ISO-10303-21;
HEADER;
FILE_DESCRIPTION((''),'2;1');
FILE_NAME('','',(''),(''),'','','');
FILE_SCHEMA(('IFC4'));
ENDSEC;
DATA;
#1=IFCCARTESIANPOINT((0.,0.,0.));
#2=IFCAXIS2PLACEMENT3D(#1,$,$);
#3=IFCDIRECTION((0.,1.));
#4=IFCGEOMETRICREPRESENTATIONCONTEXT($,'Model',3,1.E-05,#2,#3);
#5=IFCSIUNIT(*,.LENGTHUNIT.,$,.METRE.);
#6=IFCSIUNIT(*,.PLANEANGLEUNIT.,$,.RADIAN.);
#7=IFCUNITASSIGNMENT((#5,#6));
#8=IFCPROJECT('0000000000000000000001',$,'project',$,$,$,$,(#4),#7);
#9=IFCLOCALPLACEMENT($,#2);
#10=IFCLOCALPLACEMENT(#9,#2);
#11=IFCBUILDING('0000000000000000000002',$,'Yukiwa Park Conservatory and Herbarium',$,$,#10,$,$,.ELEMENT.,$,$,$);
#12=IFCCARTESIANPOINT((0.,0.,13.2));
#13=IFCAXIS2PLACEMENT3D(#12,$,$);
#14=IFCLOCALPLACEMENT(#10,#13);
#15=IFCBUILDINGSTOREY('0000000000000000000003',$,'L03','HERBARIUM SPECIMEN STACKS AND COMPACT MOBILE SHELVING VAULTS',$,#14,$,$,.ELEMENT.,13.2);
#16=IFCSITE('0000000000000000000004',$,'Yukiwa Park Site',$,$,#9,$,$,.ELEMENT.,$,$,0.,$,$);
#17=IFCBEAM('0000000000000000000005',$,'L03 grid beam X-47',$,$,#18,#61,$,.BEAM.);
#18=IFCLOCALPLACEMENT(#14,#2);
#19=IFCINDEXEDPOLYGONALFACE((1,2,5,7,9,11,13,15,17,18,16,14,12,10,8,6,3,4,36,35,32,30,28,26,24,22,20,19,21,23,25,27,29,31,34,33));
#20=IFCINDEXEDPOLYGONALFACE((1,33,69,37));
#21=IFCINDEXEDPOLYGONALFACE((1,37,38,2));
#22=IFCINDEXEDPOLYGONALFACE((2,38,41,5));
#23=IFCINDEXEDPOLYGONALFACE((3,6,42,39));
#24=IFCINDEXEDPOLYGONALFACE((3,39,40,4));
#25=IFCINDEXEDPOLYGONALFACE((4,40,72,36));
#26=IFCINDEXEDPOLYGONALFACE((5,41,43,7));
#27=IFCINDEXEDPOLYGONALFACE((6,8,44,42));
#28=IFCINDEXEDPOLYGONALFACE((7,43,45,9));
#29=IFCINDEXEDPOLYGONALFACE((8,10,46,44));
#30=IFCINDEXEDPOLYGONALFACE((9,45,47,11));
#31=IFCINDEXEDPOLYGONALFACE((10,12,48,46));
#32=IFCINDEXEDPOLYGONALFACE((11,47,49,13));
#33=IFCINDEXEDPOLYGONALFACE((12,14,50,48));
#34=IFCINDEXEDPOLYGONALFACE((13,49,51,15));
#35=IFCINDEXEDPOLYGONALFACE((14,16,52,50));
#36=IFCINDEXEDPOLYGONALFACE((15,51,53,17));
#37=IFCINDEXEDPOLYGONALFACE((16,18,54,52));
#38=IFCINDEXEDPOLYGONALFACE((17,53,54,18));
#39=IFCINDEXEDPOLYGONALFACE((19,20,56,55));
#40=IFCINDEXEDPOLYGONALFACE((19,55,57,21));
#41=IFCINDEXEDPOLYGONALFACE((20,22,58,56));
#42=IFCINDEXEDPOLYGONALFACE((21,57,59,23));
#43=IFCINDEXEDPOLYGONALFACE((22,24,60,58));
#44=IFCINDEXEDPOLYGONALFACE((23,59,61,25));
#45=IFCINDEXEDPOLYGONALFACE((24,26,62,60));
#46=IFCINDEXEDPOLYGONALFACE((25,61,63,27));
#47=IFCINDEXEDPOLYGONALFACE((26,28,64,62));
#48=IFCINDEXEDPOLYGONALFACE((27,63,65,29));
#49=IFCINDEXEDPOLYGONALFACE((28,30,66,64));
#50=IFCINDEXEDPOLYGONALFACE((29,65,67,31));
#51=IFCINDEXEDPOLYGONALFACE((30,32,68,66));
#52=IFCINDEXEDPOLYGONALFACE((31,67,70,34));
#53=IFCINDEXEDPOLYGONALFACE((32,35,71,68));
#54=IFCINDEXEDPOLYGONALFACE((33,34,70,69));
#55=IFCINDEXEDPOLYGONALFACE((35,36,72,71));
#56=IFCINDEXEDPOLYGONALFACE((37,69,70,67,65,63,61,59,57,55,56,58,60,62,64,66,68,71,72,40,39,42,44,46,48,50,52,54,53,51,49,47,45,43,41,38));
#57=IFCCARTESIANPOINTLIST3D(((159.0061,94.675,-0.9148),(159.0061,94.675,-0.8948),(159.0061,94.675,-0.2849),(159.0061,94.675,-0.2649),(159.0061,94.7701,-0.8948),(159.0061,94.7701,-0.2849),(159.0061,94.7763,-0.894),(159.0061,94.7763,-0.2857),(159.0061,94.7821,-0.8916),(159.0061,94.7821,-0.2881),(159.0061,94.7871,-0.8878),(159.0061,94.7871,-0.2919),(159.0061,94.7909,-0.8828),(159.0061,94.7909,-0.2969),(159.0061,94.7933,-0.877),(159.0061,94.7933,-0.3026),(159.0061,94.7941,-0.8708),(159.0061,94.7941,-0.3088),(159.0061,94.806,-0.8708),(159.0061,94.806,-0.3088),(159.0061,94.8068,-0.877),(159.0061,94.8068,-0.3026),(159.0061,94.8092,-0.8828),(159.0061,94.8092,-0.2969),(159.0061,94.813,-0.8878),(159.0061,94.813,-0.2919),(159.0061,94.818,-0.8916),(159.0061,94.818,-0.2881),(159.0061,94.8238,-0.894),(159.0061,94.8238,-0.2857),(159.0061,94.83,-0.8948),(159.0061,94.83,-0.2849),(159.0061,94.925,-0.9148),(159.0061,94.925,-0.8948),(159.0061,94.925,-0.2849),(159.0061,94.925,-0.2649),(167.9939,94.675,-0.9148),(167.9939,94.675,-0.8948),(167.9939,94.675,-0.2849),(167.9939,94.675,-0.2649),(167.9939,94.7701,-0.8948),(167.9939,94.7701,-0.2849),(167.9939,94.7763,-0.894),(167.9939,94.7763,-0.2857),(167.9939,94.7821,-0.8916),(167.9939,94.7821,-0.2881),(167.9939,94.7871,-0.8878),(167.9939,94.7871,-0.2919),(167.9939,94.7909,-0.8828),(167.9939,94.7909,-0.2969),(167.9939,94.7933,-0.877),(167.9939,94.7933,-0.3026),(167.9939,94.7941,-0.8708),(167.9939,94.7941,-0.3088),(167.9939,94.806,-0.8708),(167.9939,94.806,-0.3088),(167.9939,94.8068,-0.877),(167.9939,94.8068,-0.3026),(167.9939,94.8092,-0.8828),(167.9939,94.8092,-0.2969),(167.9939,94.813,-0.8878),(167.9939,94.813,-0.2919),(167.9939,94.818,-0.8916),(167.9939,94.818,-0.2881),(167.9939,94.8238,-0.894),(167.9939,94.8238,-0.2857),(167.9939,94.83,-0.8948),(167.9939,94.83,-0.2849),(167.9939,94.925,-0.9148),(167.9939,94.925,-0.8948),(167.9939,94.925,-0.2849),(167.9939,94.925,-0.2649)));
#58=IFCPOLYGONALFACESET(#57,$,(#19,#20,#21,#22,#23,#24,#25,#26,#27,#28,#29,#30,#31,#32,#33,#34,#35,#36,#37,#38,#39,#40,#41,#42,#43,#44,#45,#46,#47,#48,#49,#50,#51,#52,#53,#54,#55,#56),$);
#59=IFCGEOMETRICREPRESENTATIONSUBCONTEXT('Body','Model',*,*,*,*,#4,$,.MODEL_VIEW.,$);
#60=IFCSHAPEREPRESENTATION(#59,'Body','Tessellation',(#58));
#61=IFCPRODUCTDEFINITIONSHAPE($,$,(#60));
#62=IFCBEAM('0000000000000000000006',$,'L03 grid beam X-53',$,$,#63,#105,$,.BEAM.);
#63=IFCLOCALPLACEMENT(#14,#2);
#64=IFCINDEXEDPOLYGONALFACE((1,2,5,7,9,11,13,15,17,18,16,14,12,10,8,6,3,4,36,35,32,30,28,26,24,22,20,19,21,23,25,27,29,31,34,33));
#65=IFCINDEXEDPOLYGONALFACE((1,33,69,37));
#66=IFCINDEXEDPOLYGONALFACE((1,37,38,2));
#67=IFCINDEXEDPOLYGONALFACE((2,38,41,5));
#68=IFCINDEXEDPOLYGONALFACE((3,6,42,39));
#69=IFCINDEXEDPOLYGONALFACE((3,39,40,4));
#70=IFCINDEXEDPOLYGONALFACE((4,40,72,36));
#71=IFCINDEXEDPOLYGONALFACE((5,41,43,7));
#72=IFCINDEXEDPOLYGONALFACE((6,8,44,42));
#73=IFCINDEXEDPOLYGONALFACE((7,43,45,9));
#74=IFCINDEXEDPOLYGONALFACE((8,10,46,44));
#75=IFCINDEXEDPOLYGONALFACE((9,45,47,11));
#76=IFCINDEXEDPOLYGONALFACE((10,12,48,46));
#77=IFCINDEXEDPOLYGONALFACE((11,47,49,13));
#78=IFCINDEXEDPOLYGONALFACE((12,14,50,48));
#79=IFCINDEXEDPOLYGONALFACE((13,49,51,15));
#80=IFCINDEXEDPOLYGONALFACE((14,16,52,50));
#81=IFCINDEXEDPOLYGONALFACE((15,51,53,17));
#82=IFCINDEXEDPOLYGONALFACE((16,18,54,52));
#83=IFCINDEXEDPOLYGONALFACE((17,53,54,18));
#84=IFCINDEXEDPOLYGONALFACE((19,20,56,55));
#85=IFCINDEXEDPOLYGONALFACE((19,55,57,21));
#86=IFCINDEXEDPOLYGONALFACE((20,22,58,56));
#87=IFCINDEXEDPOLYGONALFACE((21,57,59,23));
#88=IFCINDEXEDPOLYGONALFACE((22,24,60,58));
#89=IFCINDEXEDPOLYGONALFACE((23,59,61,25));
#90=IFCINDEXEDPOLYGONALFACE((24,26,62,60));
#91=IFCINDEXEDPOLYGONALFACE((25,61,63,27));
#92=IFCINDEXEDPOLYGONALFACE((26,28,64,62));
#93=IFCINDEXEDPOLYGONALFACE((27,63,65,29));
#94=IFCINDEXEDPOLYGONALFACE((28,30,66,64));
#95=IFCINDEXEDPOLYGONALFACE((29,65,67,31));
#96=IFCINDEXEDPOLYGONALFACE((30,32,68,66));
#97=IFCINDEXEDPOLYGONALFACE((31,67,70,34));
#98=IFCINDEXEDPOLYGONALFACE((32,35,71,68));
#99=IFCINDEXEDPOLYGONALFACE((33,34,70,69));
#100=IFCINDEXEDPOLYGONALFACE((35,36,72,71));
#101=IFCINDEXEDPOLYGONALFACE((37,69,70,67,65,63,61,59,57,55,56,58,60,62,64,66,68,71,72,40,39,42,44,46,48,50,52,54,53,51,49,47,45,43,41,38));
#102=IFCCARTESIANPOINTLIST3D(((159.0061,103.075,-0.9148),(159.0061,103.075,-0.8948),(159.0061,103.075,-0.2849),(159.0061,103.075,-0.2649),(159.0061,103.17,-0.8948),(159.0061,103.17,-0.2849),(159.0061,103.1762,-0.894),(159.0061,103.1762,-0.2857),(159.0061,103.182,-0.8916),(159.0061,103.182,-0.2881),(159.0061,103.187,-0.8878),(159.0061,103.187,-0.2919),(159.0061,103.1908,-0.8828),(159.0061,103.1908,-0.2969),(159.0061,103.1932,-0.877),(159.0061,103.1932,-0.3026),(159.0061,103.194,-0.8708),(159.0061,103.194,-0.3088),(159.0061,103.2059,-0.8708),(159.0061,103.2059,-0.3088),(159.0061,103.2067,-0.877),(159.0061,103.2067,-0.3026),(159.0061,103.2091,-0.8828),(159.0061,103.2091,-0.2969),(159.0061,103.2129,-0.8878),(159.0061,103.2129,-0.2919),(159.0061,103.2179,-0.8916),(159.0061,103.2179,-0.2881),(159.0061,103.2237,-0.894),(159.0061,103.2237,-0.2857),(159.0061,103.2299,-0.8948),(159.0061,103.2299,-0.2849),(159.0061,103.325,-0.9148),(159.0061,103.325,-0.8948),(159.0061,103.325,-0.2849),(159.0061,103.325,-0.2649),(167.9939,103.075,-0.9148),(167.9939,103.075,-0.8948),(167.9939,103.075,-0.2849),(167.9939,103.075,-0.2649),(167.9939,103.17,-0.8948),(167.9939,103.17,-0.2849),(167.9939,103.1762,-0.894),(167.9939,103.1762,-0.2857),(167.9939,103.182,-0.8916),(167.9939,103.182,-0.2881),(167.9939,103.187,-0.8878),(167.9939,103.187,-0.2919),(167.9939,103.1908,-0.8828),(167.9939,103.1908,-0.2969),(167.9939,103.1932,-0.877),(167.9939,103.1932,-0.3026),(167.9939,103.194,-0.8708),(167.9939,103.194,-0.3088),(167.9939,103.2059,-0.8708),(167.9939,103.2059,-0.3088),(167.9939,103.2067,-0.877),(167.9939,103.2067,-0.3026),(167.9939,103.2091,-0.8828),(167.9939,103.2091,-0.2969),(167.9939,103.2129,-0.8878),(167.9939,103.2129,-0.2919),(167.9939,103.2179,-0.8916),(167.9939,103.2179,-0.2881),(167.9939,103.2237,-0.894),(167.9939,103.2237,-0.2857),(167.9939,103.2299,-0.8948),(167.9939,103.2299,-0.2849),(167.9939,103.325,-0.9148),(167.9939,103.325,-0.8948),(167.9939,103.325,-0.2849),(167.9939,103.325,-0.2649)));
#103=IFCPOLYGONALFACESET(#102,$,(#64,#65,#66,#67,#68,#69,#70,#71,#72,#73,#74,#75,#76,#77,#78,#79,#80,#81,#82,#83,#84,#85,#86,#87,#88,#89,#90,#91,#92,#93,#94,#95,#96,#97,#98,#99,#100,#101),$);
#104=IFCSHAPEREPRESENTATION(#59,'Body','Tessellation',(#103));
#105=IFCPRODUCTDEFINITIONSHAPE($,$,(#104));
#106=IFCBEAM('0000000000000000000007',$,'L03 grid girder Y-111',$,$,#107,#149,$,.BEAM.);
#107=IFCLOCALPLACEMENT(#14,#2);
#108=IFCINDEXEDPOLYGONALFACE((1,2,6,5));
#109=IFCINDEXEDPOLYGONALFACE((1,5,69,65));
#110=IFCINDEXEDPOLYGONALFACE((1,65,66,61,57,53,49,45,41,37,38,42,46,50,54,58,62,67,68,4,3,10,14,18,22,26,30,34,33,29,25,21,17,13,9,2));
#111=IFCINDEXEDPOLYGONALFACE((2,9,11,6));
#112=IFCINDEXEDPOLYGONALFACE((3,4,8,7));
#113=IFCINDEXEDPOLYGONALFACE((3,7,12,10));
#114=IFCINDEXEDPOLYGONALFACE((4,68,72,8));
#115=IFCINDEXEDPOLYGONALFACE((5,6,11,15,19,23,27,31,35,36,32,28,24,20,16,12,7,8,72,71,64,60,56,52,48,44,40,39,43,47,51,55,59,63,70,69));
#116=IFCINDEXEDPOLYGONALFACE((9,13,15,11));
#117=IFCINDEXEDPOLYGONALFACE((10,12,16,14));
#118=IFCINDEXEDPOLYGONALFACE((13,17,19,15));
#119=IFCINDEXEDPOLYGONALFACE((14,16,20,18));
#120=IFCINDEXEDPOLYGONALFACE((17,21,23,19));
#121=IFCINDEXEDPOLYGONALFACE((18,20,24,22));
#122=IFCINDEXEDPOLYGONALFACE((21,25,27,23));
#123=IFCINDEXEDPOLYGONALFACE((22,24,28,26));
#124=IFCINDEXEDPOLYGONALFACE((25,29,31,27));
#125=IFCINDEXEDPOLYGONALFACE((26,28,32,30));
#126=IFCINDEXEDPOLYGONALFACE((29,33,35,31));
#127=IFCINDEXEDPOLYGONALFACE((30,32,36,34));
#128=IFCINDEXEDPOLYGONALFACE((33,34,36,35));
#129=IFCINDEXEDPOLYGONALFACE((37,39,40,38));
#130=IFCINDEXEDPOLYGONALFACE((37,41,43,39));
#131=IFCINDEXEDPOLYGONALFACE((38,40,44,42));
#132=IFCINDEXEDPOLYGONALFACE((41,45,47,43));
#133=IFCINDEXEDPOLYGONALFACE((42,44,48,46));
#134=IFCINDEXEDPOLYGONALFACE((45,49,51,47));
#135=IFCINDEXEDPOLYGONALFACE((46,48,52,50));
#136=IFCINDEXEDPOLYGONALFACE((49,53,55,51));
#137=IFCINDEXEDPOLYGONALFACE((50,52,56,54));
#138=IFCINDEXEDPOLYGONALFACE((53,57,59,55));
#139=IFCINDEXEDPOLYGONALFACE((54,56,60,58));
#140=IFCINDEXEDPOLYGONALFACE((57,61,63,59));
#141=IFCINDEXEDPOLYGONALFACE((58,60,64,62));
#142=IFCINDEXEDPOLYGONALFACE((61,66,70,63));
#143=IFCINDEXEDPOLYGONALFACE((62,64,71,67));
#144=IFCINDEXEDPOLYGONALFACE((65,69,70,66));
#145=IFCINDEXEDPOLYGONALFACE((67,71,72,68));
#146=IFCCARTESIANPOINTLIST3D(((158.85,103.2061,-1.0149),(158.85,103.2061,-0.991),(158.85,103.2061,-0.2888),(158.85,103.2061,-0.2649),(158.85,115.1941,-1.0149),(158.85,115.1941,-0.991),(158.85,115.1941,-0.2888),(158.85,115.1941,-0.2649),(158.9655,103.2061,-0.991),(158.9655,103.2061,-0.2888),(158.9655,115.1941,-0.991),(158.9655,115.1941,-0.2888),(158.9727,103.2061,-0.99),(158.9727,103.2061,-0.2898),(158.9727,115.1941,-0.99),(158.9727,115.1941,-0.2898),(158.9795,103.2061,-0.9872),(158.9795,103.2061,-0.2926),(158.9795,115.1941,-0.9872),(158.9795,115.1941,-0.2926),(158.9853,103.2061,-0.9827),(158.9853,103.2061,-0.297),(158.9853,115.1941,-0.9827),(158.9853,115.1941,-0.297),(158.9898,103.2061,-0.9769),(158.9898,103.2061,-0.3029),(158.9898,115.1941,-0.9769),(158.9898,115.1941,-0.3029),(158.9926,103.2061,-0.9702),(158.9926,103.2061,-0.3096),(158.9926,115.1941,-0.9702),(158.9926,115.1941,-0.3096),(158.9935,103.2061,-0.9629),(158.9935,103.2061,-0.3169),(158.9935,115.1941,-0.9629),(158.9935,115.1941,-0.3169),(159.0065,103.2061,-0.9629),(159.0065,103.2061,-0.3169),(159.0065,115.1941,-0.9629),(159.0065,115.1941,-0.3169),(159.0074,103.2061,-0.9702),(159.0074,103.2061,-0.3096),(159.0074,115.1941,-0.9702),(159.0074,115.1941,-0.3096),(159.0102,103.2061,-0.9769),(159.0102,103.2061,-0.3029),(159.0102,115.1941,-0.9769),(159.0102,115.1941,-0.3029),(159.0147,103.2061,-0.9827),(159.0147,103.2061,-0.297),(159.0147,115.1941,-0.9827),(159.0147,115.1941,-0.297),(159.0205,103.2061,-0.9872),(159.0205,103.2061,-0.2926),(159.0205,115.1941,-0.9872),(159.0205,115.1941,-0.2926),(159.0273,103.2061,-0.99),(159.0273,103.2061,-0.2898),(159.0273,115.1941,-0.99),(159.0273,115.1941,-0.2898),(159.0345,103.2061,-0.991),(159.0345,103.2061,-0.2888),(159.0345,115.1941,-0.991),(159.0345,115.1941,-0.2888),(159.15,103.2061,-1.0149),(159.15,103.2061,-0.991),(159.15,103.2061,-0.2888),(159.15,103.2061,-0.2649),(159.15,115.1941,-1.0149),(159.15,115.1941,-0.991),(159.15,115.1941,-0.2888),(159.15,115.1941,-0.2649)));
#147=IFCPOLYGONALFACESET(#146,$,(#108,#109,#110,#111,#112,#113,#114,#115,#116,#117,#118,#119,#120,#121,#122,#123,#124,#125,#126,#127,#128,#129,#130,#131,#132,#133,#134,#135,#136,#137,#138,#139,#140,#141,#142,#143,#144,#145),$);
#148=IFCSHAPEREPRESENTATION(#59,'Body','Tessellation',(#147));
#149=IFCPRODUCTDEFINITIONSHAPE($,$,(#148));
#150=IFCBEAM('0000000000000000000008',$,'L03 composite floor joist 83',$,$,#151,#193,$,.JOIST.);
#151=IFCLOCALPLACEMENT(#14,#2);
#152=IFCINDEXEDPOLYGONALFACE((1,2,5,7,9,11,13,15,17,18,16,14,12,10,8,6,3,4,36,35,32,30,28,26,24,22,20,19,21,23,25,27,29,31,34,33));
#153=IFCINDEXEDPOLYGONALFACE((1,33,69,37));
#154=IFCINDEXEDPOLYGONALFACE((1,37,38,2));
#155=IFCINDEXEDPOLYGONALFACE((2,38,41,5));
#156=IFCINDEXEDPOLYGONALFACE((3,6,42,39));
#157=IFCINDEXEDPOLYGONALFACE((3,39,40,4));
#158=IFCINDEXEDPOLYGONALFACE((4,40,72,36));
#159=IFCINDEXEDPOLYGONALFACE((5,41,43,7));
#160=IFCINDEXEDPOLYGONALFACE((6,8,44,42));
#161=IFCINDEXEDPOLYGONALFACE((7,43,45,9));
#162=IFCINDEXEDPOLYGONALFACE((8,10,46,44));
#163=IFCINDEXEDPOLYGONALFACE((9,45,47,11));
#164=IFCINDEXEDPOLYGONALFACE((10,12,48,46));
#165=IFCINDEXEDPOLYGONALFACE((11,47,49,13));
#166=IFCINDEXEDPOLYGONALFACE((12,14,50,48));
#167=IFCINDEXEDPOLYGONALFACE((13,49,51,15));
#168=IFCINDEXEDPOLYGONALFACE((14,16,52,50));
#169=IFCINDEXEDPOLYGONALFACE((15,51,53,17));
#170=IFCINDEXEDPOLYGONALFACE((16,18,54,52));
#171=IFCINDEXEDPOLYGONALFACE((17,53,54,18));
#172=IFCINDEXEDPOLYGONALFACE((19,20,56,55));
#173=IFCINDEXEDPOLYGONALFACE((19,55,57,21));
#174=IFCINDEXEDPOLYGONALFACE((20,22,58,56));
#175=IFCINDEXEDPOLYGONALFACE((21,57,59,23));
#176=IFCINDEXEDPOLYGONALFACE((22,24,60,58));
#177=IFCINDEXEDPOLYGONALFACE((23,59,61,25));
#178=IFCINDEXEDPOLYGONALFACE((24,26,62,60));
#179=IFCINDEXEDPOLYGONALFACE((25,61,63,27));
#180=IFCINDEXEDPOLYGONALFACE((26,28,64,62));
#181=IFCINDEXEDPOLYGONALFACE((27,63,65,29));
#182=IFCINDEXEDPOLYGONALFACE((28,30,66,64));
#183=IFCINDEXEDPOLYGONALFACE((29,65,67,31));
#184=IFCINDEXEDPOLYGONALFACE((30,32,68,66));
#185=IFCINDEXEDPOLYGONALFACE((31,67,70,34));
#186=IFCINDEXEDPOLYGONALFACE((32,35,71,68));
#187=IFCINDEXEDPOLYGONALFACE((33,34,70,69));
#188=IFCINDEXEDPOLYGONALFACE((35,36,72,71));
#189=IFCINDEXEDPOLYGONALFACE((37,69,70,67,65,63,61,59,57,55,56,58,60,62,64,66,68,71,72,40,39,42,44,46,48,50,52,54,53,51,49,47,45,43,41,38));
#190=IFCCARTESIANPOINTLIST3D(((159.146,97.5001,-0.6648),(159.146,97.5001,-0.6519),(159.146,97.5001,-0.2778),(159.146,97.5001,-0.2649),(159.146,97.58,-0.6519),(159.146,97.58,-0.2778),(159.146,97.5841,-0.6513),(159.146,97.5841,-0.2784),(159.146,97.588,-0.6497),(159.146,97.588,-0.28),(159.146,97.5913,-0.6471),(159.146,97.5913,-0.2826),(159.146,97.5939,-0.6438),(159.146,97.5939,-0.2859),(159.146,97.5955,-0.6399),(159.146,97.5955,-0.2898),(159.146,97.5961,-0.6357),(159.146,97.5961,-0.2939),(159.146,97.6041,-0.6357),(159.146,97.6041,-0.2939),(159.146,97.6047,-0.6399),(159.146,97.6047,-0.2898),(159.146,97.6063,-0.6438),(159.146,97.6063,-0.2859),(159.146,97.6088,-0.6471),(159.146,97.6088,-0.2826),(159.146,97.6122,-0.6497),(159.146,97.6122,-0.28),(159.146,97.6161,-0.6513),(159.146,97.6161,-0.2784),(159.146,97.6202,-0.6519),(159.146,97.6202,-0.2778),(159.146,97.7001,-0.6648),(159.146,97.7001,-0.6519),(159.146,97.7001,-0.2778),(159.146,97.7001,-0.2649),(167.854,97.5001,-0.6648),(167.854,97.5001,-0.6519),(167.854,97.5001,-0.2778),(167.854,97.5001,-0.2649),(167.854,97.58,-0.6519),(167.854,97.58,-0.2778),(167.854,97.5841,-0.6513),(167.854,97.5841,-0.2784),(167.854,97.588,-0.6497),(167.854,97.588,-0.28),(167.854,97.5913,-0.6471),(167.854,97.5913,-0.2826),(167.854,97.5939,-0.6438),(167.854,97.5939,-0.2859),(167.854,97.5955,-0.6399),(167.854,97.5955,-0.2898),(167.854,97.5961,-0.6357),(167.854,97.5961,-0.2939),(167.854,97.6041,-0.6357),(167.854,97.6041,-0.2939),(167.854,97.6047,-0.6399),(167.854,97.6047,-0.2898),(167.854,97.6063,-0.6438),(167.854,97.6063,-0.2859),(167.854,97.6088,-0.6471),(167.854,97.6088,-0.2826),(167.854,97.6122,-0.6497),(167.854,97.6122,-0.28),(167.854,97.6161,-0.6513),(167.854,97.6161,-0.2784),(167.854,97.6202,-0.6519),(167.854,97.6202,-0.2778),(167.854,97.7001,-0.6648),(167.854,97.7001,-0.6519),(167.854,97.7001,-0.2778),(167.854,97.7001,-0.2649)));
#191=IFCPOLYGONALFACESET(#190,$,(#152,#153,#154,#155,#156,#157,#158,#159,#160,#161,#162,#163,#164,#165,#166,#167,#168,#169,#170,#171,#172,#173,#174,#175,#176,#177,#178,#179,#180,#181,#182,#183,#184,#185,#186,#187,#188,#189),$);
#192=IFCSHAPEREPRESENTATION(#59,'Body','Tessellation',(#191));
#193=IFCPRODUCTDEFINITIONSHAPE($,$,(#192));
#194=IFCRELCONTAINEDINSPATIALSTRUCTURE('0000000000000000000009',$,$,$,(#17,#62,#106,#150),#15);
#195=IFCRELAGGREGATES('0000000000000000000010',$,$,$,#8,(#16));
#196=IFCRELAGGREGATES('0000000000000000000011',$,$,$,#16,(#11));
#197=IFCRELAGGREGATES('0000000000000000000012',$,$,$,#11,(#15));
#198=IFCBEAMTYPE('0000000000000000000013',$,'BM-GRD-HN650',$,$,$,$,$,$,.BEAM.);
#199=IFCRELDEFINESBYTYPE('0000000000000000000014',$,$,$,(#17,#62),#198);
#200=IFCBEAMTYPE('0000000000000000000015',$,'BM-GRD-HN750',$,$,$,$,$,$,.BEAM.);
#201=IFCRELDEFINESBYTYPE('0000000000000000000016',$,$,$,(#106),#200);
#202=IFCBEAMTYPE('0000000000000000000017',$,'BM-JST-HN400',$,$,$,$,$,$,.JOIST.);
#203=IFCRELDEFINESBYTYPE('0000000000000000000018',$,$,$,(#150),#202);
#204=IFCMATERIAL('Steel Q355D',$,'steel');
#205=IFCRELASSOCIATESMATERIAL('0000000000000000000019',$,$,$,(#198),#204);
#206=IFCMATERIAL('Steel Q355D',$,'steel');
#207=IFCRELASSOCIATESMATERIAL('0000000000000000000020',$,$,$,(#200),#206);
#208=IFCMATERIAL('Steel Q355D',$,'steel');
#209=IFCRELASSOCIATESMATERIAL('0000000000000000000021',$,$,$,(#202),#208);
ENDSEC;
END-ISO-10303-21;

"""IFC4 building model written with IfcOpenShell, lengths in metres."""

from ifc_helpers import new_model, si_unit, direction, frame, origin, origin_2d, place, context, subcontext, project, spatial, i_section, extrude, material, material_profile, profile_set, type_object, element, save


model = new_model("IFC4")

# Units and contexts
model_context = context("Model", 3, precision=1e-05, world=origin(), true_north=direction((0.0, 1.0)))
body_context = subcontext(model_context, "Body", "Model", "MODEL_VIEW")
ifc_project = project(units=[si_unit("LENGTHUNIT", "METRE"), si_unit("PLANEANGLEUNIT", "RADIAN")], contexts=[model_context])

# Site, building, storey
site_placement = place(None, origin())
site = spatial("IfcSite", under=ifc_project, at=site_placement, Name="Yukiwa Park Site", CompositionType="ELEMENT", RefElevation=0.0)
building_placement = place(site_placement, origin())
building = spatial("IfcBuilding", under=site, at=building_placement, Name="Yukiwa Park Conservatory and Herbarium", CompositionType="ELEMENT")
storey_placement = place(building_placement, frame((0.0, 0.0, 13.2)))
storey = spatial("IfcBuildingStorey", under=building, at=storey_placement, Name="L03", Description="HERBARIUM SPECIMEN STACKS AND COMPACT MOBILE SHELVING VAULTS", CompositionType="ELEMENT", Elevation=13.2)

# Beams
ifc_material_1 = material(Name="Steel Q355D", Category="steel")
ifc_material_profile_1 = material_profile(ifc_material_1, i_section(OverallWidth=0.25, OverallDepth=0.6499, WebThickness=0.012, FlangeThickness=0.02, FilletRadius=0.0239, at=origin_2d()), Name="HN 650x250x12x20")
ifc_profile_set_1 = profile_set([ifc_material_profile_1], Name="Steel Q355D")
beam_type_1 = type_object("IfcBeamType", Name="BM-GRD-HN650", PredefinedType="BEAM", material=ifc_profile_set_1)
for number, where, z_axis, x_axis, name in (
    (1, (159.0061, 94.8, -0.5898), (1.0, 0.0, 0.0), (0.0, 1.0, 0.0), "L03 grid beam X-47"),
    (2, (159.0061, 103.2, -0.5898), (1.0, 0.0, 0.0), (0.0, 1.0, 0.0), "L03 grid beam X-53"),
):
    element("IfcBeam", number, at=place(storey_placement, frame(where, z_axis=z_axis, x_axis=x_axis)), inside=storey, type_object=beam_type_1, Name=name, PredefinedType="BEAM", context=body_context, shape_type="SweptSolid", body=[
        extrude(i_section(OverallWidth=0.25, OverallDepth=0.6499, WebThickness=0.012, FlangeThickness=0.02, FilletRadius=0.0239, at=origin_2d()), origin(), (0.0, 0.0, 1.0), 8.9878),
    ])
ifc_material_2 = material(Name="Steel Q355D", Category="steel")
ifc_material_profile_2 = material_profile(ifc_material_2, i_section(OverallWidth=0.3, OverallDepth=0.75, WebThickness=0.0129, FlangeThickness=0.0239, FilletRadius=0.0281, at=origin_2d()), Name="HN 750x300x13x24")
ifc_profile_set_2 = profile_set([ifc_material_profile_2], Name="Steel Q355D")
beam_type_2 = type_object("IfcBeamType", Name="BM-GRD-HN750", PredefinedType="BEAM", material=ifc_profile_set_2)
beam_1_placement = place(storey_placement, frame((159.0, 103.2061, -0.6399), z_axis=(0.0, 1.0, 0.0), x_axis=(-1.0, 0.0, 0.0)))
element("IfcBeam", 3, at=beam_1_placement, inside=storey, type_object=beam_type_2, Name="L03 grid girder Y-111", PredefinedType="BEAM", context=body_context, shape_type="SweptSolid", body=[
    extrude(i_section(OverallWidth=0.3, OverallDepth=0.75, WebThickness=0.0129, FlangeThickness=0.0239, FilletRadius=0.0281, at=origin_2d()), origin(), (0.0, 0.0, 1.0), 11.988),
])
ifc_material_3 = material(Name="Steel Q355D", Category="steel")
ifc_material_profile_3 = material_profile(ifc_material_3, i_section(OverallWidth=0.2, OverallDepth=0.3999, WebThickness=0.0081, FlangeThickness=0.0129, FilletRadius=0.0161, at=origin_2d()), Name="HN 400x200x8x13")
ifc_profile_set_3 = profile_set([ifc_material_profile_3], Name="Steel Q355D")
beam_type_3 = type_object("IfcBeamType", Name="BM-JST-HN400", PredefinedType="JOIST", material=ifc_profile_set_3)
for number, where, z_axis, x_axis, name in (
    (4, (159.146, 97.6001, -0.4648), (1.0, 0.0, 0.0), (0.0, 1.0, 0.0), "L03 composite floor joist 83"),
):
    element("IfcBeam", number, at=place(storey_placement, frame(where, z_axis=z_axis, x_axis=x_axis)), inside=storey, type_object=beam_type_3, Name=name, PredefinedType="JOIST", context=body_context, shape_type="SweptSolid", body=[
        extrude(i_section(OverallWidth=0.2, OverallDepth=0.3999, WebThickness=0.0081, FlangeThickness=0.0129, FilletRadius=0.0161, at=origin_2d()), origin(), (0.0, 0.0, 1.0), 8.708),
    ])

save(model, "model.ifc")
